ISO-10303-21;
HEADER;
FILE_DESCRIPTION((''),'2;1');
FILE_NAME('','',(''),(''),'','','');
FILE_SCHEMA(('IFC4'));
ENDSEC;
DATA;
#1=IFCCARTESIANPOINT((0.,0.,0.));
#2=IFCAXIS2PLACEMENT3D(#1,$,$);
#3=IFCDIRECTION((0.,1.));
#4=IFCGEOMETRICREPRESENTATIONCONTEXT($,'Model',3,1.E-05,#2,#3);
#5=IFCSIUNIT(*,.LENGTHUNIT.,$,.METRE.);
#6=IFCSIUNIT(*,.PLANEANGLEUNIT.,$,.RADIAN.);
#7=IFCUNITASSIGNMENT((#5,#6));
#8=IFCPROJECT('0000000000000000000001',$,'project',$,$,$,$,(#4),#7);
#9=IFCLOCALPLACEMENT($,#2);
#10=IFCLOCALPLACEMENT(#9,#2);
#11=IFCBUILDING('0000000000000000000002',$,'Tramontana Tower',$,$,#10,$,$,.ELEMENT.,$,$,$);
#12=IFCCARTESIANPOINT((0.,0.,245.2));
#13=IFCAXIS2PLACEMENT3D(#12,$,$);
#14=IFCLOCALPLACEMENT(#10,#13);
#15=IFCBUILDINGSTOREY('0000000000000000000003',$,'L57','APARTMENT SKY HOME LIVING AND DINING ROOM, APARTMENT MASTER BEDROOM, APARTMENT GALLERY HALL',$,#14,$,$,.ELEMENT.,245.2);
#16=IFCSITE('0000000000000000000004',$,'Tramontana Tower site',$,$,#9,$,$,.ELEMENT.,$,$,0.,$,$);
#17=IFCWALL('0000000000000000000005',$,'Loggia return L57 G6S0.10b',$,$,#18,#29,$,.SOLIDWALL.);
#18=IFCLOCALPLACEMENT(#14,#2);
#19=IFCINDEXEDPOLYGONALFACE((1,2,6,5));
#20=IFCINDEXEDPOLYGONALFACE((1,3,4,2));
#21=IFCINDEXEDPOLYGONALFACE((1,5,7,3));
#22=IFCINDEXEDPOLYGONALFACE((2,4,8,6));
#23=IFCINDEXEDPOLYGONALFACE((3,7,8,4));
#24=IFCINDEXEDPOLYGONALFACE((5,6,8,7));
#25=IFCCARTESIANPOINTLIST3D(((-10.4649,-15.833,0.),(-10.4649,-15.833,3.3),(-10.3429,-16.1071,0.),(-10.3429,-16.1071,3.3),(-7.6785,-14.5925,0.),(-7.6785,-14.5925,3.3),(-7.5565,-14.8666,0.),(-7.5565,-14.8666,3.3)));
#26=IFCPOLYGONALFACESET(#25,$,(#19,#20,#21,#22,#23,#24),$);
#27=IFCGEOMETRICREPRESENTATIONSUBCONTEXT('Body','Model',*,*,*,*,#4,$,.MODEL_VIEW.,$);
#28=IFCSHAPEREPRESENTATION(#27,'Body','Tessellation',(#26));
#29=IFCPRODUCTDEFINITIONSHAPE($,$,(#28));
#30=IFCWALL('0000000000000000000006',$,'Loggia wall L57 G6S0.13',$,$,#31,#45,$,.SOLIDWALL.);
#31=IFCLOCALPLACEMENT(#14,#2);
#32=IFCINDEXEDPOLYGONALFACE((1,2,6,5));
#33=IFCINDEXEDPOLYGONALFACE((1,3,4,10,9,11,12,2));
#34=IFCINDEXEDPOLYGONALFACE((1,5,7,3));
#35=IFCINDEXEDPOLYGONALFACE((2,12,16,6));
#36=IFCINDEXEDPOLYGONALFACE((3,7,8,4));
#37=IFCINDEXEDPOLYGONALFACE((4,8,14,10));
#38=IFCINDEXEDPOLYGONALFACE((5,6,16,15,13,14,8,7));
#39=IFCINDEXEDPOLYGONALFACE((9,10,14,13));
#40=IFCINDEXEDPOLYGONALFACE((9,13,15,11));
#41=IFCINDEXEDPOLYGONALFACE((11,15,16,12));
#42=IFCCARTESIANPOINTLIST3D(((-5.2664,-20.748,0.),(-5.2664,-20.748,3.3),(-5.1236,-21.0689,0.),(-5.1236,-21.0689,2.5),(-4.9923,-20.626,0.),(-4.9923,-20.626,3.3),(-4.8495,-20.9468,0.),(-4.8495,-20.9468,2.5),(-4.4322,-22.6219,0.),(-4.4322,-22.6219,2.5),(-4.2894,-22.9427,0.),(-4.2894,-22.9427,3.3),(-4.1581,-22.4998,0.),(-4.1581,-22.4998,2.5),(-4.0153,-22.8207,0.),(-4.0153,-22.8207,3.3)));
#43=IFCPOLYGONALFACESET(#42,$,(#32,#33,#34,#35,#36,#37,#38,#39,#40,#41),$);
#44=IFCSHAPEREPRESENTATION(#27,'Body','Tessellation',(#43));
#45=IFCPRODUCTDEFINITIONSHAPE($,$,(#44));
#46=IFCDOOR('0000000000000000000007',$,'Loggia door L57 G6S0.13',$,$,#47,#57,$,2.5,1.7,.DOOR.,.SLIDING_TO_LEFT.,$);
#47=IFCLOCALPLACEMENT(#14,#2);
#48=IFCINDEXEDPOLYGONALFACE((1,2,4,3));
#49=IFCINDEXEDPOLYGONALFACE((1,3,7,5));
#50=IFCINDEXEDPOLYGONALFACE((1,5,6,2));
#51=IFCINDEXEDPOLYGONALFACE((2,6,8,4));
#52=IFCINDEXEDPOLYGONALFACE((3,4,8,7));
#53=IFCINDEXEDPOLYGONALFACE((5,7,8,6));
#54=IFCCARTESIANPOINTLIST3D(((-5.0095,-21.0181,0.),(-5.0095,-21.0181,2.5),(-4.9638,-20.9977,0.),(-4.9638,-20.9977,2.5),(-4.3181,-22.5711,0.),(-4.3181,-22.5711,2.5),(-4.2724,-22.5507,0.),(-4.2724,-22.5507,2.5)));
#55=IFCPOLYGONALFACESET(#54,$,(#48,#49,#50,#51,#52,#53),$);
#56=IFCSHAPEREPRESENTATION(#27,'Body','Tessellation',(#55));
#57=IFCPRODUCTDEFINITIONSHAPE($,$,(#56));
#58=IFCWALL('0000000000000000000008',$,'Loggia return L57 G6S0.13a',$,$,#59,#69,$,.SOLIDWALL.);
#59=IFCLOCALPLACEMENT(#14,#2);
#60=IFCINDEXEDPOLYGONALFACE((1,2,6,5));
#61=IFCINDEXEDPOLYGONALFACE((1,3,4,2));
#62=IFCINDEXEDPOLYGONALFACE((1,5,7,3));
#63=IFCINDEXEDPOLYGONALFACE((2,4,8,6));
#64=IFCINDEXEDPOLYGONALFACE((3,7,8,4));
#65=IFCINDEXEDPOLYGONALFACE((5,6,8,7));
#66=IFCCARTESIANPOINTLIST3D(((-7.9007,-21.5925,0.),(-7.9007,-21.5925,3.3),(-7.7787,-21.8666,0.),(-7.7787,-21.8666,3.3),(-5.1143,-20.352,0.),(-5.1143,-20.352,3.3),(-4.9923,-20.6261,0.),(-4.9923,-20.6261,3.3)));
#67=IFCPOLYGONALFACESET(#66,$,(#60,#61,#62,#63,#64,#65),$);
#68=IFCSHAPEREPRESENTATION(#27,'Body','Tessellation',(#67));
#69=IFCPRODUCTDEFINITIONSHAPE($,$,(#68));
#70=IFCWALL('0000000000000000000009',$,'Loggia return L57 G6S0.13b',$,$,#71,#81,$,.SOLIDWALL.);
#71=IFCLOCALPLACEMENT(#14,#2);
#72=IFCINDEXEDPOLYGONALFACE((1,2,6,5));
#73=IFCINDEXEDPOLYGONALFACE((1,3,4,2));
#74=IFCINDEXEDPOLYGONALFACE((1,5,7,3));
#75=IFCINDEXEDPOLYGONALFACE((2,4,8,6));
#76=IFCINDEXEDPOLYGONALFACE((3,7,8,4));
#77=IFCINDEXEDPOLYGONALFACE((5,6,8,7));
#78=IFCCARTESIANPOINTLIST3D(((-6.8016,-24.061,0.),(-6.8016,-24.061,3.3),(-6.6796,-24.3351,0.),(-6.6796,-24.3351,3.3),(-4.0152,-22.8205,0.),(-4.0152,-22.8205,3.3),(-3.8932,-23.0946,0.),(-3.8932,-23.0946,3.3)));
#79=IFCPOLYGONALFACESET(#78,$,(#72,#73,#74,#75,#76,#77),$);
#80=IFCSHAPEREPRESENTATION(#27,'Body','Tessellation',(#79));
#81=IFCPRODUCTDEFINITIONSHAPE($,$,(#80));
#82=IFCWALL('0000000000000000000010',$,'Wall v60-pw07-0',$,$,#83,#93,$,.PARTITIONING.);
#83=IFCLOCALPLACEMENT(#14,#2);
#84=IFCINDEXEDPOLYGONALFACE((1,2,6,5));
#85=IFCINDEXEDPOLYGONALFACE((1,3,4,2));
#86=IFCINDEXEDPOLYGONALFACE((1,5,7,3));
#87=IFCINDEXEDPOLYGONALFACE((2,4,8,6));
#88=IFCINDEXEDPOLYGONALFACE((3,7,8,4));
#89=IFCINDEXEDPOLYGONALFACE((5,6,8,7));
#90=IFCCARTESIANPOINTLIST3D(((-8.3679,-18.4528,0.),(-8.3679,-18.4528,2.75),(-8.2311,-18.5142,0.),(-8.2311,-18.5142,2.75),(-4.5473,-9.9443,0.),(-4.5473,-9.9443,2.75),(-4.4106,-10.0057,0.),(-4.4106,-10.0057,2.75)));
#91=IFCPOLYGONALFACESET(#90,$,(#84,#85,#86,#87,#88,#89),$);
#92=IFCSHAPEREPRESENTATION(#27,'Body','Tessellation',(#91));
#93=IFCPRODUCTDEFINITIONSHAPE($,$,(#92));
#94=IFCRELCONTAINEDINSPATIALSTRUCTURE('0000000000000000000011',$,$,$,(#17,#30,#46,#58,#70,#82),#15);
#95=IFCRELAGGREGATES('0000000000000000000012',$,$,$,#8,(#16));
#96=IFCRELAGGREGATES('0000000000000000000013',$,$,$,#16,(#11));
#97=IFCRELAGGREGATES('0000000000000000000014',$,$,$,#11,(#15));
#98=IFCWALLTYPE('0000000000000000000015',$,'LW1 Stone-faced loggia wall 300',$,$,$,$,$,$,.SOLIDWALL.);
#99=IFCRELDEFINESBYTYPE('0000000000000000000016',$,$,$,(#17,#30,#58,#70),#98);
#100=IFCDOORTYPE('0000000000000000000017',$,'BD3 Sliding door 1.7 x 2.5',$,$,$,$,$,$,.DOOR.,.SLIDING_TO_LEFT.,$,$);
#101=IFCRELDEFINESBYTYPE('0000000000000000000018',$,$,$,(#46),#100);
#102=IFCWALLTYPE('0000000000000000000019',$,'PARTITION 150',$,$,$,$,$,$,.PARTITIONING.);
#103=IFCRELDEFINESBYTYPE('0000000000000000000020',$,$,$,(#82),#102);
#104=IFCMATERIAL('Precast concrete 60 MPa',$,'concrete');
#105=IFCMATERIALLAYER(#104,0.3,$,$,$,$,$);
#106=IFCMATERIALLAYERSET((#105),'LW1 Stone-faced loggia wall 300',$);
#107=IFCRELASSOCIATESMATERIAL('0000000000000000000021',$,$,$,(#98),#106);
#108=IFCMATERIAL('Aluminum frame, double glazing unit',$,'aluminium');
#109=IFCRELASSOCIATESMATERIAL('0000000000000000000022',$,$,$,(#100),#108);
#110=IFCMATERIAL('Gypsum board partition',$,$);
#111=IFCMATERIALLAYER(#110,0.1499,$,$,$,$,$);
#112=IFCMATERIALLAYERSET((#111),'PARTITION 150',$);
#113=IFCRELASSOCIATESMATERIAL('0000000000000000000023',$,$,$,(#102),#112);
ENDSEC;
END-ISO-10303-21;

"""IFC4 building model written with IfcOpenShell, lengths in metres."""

from ifc_helpers import new_model, si_unit, direction, frame, frame_2d, origin, place, context, subcontext, project, spatial, rectangle, extrude, material, layer, layer_set, type_object, element, fill, save


model = new_model("IFC4")

# Units and contexts
model_context = context("Model", 3, precision=1e-05, world=origin(), true_north=direction((0.0, 1.0)))
body_context = subcontext(model_context, "Body", "Model", "MODEL_VIEW")
ifc_project = project(units=[si_unit("LENGTHUNIT", "METRE"), si_unit("PLANEANGLEUNIT", "RADIAN")], contexts=[model_context])

# Site, building, storey
site_placement = place(None, origin())
site = spatial("IfcSite", under=ifc_project, at=site_placement, Name="Tramontana Tower site", CompositionType="ELEMENT", RefElevation=0.0)
building_placement = place(site_placement, origin())
building = spatial("IfcBuilding", under=site, at=building_placement, Name="Tramontana Tower", CompositionType="ELEMENT")
storey_placement = place(building_placement, frame((0.0, 0.0, 245.2)))
storey = spatial("IfcBuildingStorey", under=building, at=storey_placement, Name="L57", Description="APARTMENT SKY HOME LIVING AND DINING ROOM, APARTMENT MASTER BEDROOM, APARTMENT GALLERY HALL", CompositionType="ELEMENT", Elevation=245.2)

# Wall
ifc_material_1 = material(Name="Precast concrete 60 MPa", Category="concrete")
ifc_layer_1 = layer(ifc_material_1, 0.3)
ifc_layer_set_1 = layer_set([ifc_layer_1], Name="LW1 Stone-faced loggia wall 300")
wall_type_1 = type_object("IfcWallType", Name="LW1 Stone-faced loggia wall 300", PredefinedType="SOLIDWALL", material=ifc_layer_set_1)
wall_1_placement = place(storey_placement, frame((-10.4038, -15.97, 0.0), z_axis=(0.0, 0.0, 1.0), x_axis=(0.913557, 0.40671, 0.0)))
element("IfcWall", 1, at=wall_1_placement, inside=storey, type_object=wall_type_1, Name="Loggia return L57 G6S0.10b", PredefinedType="SOLIDWALL", context=body_context, shape_type="SweptSolid", body=[
    extrude(rectangle(XDim=3.05, YDim=0.3, at=frame_2d((1.5249, 0.0))), origin(), (0.0, 0.0, 1.0), 3.3),
])

# Wall, opening, door
wall_2_placement = place(storey_placement, frame((-5.1294, -20.687, 0.0), z_axis=(0.0, 0.0, 1.0), x_axis=(0.406723, -0.913552, 0.0)))
wall_2 = element("IfcWall", 2, at=wall_2_placement, inside=storey, type_object=wall_type_1, Name="Loggia wall L57 G6S0.13", PredefinedType="SOLIDWALL", context=body_context, shape_type="SweptSolid", body=[
    extrude(rectangle(XDim=2.4023, YDim=0.3, at=frame_2d((1.2012, 0.0))), origin(), (0.0, 0.0, 1.0), 3.3),
])
opening_1_placement = place(wall_2_placement, frame((0.3511, 0.0, 0.0)))
opening_1 = element("IfcOpeningElement", 3, at=opening_1_placement, cuts=wall_2, PredefinedType="OPENING", context=body_context, shape_type="SweptSolid", body=[
    extrude(rectangle(XDim=1.7, YDim=2.5, at=frame_2d((0.8501, 1.25))), frame((0.0, 0.1599, 0.0), z_axis=(0.0, -1.0, 0.0), x_axis=(1.0, 0.0, 0.0)), (0.0, 0.0, 1.0), 0.3201),
])
ifc_material_2 = material(Name="Aluminum frame, double glazing unit", Category="aluminium")
door_type_1 = type_object("IfcDoorType", Name="BD3 Sliding door 1.7 x 2.5", OperationType="SLIDING_TO_LEFT", PredefinedType="DOOR", material=ifc_material_2)
door_1_placement = place(opening_1_placement, origin())
door_1 = element("IfcDoor", 4, at=door_1_placement, inside=storey, type_object=door_type_1, Name="Loggia door L57 G6S0.13", OperationType="SLIDING_TO_LEFT", OverallHeight=2.5, OverallWidth=1.7, PredefinedType="DOOR", context=body_context, shape_type="SweptSolid", body=[
    extrude(rectangle(XDim=1.7, YDim=2.5, at=frame_2d((0.8501, 1.25))), frame((0.0, 0.0249, 0.0), z_axis=(0.0, -1.0, 0.0), x_axis=(1.0, 0.0, 0.0)), (0.0, 0.0, 1.0), 0.05),
])
fill(opening_1, door_1)

# Walls
for number, where, z_axis, x_axis, name in (
    (5, (-7.8396, -21.7295, 0.0), (0.0, 0.0, 1.0), (0.913557, 0.40671, 0.0), "Loggia return L57 G6S0.13a"),
    (6, (-6.7405, -24.198, 0.0), (0.0, 0.0, 1.0), (0.913557, 0.40671, 0.0), "Loggia return L57 G6S0.13b"),
):
    element("IfcWall", number, at=place(storey_placement, frame(where, z_axis=z_axis, x_axis=x_axis)), inside=storey, type_object=wall_type_1, Name=name, PredefinedType="SOLIDWALL", context=body_context, shape_type="SweptSolid", body=[
        extrude(rectangle(XDim=3.05, YDim=0.3, at=frame_2d((1.5249, 0.0))), origin(), (0.0, 0.0, 1.0), 3.3),
    ])
ifc_material_3 = material(Name="Gypsum board partition")
ifc_layer_2 = layer(ifc_material_3, 0.1499)
ifc_layer_set_2 = layer_set([ifc_layer_2], Name="PARTITION 150")
wall_type_2 = type_object("IfcWallType", Name="PARTITION 150", PredefinedType="PARTITIONING", material=ifc_layer_set_2)
wall_3_placement = place(storey_placement, frame((-8.2996, -18.4836, 0.0), z_axis=(0.0, 0.0, 1.0), x_axis=(0.409626, 0.912254, 0.0)))
element("IfcWall", 7, at=wall_3_placement, inside=storey, type_object=wall_type_2, Name="Wall v60-pw07-0", PredefinedType="PARTITIONING", context=body_context, shape_type="SweptSolid", body=[
    extrude(rectangle(XDim=9.3269, YDim=0.1499, at=frame_2d((4.6636, 0.0))), origin(), (0.0, 0.0, 1.0), 2.75),
])

save(model, "model.ifc")
